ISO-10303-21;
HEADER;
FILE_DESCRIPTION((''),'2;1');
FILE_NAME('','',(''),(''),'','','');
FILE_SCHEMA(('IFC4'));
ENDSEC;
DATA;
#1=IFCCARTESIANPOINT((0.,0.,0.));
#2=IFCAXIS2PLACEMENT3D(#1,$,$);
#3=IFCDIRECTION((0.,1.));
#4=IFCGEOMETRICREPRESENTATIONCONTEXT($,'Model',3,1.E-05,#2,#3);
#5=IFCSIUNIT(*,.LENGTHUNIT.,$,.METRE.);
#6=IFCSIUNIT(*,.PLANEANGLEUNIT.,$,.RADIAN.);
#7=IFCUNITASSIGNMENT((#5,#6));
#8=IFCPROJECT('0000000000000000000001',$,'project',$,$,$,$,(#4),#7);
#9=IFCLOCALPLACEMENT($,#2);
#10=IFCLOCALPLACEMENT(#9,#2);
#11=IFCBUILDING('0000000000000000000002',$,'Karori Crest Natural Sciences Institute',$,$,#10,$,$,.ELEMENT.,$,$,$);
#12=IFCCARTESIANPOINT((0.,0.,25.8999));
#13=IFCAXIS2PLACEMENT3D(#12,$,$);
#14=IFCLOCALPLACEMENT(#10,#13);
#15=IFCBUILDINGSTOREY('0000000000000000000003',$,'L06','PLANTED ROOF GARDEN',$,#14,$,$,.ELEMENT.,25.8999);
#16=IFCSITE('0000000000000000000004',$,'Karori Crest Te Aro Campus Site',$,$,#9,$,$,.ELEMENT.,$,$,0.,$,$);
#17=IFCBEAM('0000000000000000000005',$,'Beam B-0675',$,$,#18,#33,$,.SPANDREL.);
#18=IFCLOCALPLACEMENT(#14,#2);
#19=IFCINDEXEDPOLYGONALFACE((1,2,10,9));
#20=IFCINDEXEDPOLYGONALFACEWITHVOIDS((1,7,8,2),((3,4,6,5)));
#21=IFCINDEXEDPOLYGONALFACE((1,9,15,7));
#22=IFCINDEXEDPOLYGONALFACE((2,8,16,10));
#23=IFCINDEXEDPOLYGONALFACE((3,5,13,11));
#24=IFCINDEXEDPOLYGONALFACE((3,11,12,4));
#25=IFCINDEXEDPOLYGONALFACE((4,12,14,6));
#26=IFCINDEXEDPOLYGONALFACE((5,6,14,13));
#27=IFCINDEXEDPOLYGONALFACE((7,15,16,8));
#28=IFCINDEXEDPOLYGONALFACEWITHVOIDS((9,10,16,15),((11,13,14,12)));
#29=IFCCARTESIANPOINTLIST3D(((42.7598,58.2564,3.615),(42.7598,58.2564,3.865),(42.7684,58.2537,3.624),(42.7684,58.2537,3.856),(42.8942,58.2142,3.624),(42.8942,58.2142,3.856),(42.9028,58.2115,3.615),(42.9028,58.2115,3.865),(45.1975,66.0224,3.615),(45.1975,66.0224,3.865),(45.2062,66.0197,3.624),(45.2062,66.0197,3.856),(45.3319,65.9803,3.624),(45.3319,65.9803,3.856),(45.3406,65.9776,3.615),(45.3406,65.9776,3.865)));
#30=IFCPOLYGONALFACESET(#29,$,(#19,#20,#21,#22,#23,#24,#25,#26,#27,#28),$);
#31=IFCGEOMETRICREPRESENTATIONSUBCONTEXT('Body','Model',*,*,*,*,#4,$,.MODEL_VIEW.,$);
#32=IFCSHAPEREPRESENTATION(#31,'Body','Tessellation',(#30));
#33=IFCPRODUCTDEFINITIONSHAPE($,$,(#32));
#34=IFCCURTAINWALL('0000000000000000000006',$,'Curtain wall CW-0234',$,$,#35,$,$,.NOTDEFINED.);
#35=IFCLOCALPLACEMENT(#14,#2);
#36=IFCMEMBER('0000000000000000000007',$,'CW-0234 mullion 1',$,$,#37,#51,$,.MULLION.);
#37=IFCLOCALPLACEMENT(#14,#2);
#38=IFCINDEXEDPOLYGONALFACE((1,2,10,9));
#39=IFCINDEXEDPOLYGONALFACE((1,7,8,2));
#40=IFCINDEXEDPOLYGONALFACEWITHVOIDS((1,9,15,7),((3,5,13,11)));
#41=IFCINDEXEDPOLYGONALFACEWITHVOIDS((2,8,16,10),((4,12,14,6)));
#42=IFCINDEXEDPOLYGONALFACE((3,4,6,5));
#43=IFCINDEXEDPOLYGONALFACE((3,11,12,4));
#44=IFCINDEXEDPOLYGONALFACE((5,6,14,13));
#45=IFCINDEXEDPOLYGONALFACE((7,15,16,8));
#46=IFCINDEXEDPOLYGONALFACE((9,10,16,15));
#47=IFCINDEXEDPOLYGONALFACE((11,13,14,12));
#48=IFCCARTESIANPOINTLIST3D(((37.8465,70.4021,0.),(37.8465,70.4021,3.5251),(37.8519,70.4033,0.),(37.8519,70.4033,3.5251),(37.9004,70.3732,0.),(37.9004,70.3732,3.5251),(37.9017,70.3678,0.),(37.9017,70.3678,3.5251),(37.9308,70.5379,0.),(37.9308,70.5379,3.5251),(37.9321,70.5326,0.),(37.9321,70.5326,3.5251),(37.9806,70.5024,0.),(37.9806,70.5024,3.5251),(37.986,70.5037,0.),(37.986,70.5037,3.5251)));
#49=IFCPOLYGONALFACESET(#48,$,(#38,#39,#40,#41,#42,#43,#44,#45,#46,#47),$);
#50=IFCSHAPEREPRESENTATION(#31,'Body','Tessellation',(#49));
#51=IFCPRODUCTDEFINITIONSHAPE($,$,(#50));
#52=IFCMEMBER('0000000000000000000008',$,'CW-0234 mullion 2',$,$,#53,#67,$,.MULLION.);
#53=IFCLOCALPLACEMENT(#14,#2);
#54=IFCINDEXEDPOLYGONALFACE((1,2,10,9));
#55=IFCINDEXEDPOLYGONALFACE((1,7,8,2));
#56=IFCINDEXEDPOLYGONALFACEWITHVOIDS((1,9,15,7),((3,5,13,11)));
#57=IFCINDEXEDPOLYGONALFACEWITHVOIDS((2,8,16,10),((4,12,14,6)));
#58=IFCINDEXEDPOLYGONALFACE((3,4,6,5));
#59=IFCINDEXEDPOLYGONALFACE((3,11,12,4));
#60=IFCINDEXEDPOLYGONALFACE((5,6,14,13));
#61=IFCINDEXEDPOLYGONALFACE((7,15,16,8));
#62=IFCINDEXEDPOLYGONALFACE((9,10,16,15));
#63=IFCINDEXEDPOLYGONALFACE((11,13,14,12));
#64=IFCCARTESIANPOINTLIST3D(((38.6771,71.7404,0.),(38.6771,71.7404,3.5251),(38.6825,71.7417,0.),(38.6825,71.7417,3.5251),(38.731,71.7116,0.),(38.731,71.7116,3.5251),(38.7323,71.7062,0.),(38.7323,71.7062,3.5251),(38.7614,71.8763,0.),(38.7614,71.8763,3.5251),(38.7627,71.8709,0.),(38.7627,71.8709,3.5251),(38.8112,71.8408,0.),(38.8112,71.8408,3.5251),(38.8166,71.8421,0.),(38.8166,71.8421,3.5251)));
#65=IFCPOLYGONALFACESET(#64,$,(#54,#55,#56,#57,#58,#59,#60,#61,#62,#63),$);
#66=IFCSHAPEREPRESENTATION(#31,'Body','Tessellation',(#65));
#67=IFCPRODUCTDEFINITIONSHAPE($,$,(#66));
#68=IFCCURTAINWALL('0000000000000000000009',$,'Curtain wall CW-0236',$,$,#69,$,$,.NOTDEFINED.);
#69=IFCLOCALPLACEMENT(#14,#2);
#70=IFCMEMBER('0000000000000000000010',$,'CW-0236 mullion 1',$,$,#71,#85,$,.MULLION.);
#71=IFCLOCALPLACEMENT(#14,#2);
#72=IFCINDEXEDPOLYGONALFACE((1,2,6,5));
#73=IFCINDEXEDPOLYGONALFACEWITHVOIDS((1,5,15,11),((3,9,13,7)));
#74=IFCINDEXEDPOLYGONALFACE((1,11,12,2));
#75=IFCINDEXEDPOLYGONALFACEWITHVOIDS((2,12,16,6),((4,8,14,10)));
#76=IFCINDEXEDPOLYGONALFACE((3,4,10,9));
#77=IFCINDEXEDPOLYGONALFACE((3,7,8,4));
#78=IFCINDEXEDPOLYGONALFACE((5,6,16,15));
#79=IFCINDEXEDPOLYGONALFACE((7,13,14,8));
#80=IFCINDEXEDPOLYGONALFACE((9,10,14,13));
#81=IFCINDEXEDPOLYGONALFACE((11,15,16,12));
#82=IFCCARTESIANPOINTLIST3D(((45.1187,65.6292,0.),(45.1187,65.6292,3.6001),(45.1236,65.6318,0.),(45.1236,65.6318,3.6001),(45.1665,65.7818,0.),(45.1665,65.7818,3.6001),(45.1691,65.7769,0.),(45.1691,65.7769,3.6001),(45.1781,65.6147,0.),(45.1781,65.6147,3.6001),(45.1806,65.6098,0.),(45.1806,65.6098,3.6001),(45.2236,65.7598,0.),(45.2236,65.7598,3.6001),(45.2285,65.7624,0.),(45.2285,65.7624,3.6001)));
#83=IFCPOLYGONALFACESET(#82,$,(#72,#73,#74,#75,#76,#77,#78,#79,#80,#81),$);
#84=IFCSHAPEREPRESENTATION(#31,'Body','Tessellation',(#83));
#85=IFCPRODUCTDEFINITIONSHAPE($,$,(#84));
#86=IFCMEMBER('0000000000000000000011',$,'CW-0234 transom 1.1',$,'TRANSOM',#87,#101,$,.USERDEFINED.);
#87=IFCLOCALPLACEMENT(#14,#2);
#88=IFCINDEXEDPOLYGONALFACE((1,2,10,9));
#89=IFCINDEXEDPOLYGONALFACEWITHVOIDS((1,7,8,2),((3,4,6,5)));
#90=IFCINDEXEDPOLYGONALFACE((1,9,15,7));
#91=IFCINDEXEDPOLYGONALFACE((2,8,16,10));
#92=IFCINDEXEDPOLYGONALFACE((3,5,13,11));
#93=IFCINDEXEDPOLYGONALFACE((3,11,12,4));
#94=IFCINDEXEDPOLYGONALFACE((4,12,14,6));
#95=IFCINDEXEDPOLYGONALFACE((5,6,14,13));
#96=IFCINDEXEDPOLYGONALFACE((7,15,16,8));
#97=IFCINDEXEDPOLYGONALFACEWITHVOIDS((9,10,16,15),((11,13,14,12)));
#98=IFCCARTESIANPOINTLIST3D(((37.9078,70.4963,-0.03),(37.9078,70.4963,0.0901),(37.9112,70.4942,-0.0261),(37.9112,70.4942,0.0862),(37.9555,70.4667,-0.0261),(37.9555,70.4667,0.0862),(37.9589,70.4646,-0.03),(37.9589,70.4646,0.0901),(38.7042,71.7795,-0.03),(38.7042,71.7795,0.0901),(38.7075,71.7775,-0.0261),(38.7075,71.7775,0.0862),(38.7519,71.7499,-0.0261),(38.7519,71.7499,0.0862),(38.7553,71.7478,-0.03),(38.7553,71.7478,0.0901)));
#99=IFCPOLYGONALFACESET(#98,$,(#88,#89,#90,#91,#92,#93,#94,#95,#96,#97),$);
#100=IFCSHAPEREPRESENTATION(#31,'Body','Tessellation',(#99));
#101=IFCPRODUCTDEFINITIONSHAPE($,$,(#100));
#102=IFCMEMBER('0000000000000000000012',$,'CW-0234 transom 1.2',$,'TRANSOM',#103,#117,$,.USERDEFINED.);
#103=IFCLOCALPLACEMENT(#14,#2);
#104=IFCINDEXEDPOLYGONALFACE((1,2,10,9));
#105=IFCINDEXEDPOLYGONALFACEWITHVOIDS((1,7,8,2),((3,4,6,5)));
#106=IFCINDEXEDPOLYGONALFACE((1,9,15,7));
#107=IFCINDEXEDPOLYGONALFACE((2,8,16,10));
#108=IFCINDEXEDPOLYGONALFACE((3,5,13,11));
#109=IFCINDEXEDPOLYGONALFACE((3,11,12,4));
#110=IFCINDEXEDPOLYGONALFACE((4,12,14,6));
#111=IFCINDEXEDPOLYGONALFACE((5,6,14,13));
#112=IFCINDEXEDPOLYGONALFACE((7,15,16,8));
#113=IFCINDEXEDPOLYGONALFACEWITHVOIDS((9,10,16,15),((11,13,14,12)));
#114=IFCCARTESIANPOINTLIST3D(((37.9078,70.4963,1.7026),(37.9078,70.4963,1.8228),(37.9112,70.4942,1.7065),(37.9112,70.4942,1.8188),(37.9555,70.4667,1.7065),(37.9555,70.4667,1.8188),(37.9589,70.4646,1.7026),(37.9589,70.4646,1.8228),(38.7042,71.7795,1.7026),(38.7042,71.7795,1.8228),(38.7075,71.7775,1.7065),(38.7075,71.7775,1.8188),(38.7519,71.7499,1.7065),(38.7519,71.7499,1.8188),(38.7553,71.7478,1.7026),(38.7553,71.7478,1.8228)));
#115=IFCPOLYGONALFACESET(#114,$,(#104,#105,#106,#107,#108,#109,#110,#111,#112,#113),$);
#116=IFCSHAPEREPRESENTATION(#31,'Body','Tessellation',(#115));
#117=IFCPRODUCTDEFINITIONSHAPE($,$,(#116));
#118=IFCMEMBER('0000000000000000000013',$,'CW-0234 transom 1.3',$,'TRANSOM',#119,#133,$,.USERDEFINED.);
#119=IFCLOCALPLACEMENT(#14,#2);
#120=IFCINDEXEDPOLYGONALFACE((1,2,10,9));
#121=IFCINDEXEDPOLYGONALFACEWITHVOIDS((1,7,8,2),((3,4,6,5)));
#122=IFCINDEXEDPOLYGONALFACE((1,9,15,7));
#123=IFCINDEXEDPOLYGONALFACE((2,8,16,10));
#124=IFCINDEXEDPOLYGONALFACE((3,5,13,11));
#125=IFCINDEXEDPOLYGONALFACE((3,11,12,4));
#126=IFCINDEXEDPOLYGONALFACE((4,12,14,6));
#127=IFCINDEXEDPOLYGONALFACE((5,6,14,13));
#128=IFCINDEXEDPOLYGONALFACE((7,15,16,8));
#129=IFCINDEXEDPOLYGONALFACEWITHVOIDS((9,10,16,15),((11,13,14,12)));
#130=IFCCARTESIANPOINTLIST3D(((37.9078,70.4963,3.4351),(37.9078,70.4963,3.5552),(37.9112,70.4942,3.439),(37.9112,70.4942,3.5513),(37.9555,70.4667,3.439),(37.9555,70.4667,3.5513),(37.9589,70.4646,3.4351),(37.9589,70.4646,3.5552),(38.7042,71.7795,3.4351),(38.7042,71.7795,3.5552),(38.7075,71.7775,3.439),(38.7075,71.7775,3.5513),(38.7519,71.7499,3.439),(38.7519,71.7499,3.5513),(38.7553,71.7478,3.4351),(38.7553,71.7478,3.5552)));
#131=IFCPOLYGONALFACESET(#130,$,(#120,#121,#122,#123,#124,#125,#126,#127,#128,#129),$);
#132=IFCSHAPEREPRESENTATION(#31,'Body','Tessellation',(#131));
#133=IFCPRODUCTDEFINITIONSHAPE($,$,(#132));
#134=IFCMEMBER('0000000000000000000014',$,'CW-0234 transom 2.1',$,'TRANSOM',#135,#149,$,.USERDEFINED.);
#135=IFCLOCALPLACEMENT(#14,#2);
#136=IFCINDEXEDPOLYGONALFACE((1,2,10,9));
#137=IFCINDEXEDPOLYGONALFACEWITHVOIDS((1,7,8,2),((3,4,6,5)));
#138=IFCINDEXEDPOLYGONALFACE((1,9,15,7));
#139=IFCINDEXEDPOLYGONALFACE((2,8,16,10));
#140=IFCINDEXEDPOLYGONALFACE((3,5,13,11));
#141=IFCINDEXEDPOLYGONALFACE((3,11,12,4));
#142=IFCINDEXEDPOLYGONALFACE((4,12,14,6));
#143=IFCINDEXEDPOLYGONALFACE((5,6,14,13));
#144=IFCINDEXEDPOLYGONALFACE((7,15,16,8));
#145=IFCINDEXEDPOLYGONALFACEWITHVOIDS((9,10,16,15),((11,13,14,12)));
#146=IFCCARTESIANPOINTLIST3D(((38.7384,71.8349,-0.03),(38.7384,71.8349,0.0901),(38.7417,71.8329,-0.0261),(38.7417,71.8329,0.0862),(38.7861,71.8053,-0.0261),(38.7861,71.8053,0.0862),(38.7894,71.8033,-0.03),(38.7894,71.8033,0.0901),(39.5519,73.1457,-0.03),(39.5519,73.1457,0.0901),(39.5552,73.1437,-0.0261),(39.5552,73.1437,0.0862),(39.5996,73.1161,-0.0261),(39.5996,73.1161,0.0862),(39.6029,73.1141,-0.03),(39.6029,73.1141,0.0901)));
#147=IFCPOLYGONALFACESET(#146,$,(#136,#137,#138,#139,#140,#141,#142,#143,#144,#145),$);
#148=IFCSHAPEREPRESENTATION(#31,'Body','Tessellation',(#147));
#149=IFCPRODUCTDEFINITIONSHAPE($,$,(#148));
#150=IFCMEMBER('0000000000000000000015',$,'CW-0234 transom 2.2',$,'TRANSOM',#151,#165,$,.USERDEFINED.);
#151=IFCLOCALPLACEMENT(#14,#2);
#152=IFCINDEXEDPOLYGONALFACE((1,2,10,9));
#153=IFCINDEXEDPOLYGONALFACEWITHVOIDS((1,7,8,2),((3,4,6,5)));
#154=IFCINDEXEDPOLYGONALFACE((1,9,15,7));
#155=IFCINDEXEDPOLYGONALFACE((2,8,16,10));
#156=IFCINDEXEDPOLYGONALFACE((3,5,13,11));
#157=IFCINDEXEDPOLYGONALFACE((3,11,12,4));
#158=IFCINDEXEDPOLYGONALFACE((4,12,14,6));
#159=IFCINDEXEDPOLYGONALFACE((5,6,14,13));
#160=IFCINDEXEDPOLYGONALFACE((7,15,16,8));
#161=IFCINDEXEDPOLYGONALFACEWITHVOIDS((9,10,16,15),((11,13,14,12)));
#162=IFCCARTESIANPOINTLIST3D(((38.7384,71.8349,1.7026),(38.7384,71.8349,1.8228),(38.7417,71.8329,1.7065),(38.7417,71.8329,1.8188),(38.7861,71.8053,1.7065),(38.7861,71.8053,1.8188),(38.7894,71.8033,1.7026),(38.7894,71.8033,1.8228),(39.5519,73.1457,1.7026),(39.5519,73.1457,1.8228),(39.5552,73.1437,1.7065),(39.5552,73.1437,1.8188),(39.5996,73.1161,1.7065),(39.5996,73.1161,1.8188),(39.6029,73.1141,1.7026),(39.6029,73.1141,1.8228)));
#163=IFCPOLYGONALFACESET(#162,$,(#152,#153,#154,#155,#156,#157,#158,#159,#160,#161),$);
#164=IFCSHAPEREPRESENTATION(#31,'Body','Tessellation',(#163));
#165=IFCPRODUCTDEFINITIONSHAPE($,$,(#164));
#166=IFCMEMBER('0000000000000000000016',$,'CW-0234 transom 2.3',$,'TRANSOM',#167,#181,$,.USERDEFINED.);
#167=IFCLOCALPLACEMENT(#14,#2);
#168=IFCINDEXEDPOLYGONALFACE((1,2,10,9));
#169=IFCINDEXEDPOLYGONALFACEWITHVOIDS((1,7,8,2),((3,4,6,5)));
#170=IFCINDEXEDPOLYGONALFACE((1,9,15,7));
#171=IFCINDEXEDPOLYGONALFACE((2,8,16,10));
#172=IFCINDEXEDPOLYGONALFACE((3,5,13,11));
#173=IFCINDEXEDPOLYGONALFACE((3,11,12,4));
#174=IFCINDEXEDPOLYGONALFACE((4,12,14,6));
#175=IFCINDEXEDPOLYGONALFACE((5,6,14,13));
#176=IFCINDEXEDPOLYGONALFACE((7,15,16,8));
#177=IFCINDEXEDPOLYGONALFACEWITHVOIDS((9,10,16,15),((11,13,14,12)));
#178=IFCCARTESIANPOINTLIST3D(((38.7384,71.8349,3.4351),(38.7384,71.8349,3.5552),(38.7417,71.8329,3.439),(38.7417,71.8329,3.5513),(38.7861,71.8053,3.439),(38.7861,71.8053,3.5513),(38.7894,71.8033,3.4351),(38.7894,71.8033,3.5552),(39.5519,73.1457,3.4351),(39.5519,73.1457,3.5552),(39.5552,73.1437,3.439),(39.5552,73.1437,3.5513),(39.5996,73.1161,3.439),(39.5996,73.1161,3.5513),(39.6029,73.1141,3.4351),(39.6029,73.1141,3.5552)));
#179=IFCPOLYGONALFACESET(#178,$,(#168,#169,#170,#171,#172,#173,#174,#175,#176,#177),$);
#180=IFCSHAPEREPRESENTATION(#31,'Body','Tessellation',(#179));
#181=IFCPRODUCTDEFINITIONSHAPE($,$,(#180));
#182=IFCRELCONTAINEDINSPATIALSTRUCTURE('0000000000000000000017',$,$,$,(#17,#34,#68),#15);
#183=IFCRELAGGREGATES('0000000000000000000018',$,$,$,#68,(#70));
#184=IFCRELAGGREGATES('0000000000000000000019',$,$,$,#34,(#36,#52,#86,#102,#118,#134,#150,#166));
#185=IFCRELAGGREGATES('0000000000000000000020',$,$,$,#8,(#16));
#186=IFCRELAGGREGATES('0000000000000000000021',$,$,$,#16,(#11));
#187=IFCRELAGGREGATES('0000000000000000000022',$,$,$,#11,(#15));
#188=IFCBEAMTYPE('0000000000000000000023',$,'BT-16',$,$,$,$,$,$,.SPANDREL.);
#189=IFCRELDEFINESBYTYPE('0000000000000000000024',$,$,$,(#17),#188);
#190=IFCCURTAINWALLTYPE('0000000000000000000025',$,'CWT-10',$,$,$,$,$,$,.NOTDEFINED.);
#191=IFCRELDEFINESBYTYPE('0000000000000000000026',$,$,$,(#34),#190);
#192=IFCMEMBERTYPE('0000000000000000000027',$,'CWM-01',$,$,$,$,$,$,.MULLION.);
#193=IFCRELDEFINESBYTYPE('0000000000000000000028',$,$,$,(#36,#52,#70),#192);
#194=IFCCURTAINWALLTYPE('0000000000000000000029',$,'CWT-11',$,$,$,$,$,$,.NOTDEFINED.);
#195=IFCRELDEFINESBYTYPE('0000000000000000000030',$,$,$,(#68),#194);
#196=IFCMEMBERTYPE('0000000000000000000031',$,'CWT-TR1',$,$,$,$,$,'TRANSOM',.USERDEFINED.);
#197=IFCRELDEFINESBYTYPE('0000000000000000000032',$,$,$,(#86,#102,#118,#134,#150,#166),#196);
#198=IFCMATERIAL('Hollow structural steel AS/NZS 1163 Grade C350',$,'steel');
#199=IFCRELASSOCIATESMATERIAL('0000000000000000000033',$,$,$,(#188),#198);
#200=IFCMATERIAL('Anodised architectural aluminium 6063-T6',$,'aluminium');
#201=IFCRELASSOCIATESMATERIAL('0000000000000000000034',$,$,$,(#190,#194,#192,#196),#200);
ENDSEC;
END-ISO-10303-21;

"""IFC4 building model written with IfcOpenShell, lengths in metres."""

from ifc_helpers import new_model, si_unit, direction, frame, origin, origin_2d, place, context, subcontext, project, spatial, hollow_rectangle, extrude, material, material_profile, profile_set, type_object, element, aggregate, save


model = new_model("IFC4")

# Units and contexts
model_context = context("Model", 3, precision=1e-05, world=origin(), true_north=direction((0.0, 1.0)))
body_context = subcontext(model_context, "Body", "Model", "MODEL_VIEW")
ifc_project = project(units=[si_unit("LENGTHUNIT", "METRE"), si_unit("PLANEANGLEUNIT", "RADIAN")], contexts=[model_context])

# Site, building, storey
site_placement = place(None, origin())
site = spatial("IfcSite", under=ifc_project, at=site_placement, Name="Karori Crest Te Aro Campus Site", CompositionType="ELEMENT", RefElevation=0.0)
building_placement = place(site_placement, origin())
building = spatial("IfcBuilding", under=site, at=building_placement, Name="Karori Crest Natural Sciences Institute", CompositionType="ELEMENT")
storey_placement = place(building_placement, frame((0.0, 0.0, 25.8999)))
storey = spatial("IfcBuildingStorey", under=building, at=storey_placement, Name="L06", Description="PLANTED ROOF GARDEN", CompositionType="ELEMENT", Elevation=25.8999)

# Beam
ifc_material_1 = material(Name="Hollow structural steel AS/NZS 1163 Grade C350", Category="steel")
ifc_material_profile_1 = material_profile(ifc_material_1, hollow_rectangle(XDim=0.1499, YDim=0.25, WallThickness=0.009, at=origin_2d()), Name="RHS250x150x9")
ifc_profile_set_1 = profile_set([ifc_material_profile_1], Name="Hollow structural steel AS/NZS 1163 Grade C350")
beam_type_1 = type_object("IfcBeamType", Name="BT-16", PredefinedType="SPANDREL", material=ifc_profile_set_1)
beam_1_placement = place(storey_placement, frame((45.269, 66.0, 3.74), z_axis=(-0.299487, -0.9541, 0.0), x_axis=(0.9541, -0.299487, 0.0)))
element("IfcBeam", 1, at=beam_1_placement, inside=storey, type_object=beam_type_1, Name="Beam B-0675", PredefinedType="SPANDREL", context=body_context, shape_type="SweptSolid", body=[
    extrude(hollow_rectangle(XDim=0.1499, YDim=0.25, WallThickness=0.009, at=origin_2d()), origin(), (0.0, 0.0, 1.0), 8.1396),
])

# Curtain wall, members
ifc_material_2 = material(Name="Anodised architectural aluminium 6063-T6", Category="aluminium")
curtain_wall_type_1 = type_object("IfcCurtainWallType", Name="CWT-10", PredefinedType="NOTDEFINED", material=ifc_material_2)
curtain_wall_1_placement = place(storey_placement, origin())
curtain_wall_1 = element("IfcCurtainWall", 2, at=curtain_wall_1_placement, inside=storey, type_object=curtain_wall_type_1, Name="Curtain wall CW-0234", PredefinedType="NOTDEFINED")
ifc_material_profile_2 = material_profile(ifc_material_2, hollow_rectangle(XDim=0.0649, YDim=0.1599, WallThickness=0.0039, at=origin_2d()), Name="CWM160x65x4")
ifc_profile_set_2 = profile_set([ifc_material_profile_2], Name="Anodised architectural aluminium 6063-T6")
member_type_1 = type_object("IfcMemberType", Name="CWM-01", PredefinedType="MULLION", material=ifc_profile_set_2)
member_1_placement = place(storey_placement, frame((37.9163, 70.4529, 0.0), z_axis=(0.0, 0.0, 1.0), x_axis=(-0.849664, 0.527324, 0.0)))
member_1 = element("IfcMember", 3, at=member_1_placement, type_object=member_type_1, Name="CW-0234 mullion 1", PredefinedType="MULLION", context=body_context, shape_type="SweptSolid", body=[
    extrude(hollow_rectangle(XDim=0.0649, YDim=0.1599, WallThickness=0.0039, at=origin_2d()), origin(), (0.0, 0.0, 1.0), 3.5251),
])
member_2_placement = place(storey_placement, frame((38.7468, 71.7913, 0.0), z_axis=(0.0, 0.0, 1.0), x_axis=(-0.849664, 0.527324, 0.0)))
member_2 = element("IfcMember", 4, at=member_2_placement, type_object=member_type_1, Name="CW-0234 mullion 2", PredefinedType="MULLION", context=body_context, shape_type="SweptSolid", body=[
    extrude(hollow_rectangle(XDim=0.0649, YDim=0.1599, WallThickness=0.0039, at=origin_2d()), origin(), (0.0, 0.0, 1.0), 3.5251),
])

# Curtain wall, member
curtain_wall_type_2 = type_object("IfcCurtainWallType", Name="CWT-11", PredefinedType="NOTDEFINED", material=ifc_material_2)
curtain_wall_2_placement = place(storey_placement, origin())
curtain_wall_2 = element("IfcCurtainWall", 5, at=curtain_wall_2_placement, inside=storey, type_object=curtain_wall_type_2, Name="Curtain wall CW-0236", PredefinedType="NOTDEFINED")
member_3_placement = place(storey_placement, frame((45.1736, 65.6958, 0.0), z_axis=(0.0, 0.0, 1.0), x_axis=(0.954104, -0.299475, 0.0)))
member_3 = element("IfcMember", 6, at=member_3_placement, type_object=member_type_1, Name="CW-0236 mullion 1", PredefinedType="MULLION", context=body_context, shape_type="SweptSolid", body=[
    extrude(hollow_rectangle(XDim=0.0649, YDim=0.1599, WallThickness=0.0039, at=origin_2d()), origin(), (0.0, 0.0, 1.0), 3.6001),
])

# Members
ifc_material_profile_3 = material_profile(ifc_material_2, hollow_rectangle(XDim=0.0601, YDim=0.1201, WallThickness=0.0039, at=origin_2d()), Name="CWT120x60x4")
ifc_profile_set_3 = profile_set([ifc_material_profile_3], Name="Anodised architectural aluminium 6063-T6")
member_type_2 = type_object("IfcMemberType", Name="CWT-TR1", ElementType="TRANSOM", PredefinedType="USERDEFINED", material=ifc_profile_set_3)
member_4_placement = place(storey_placement, frame((37.9333, 70.4805, 0.03), z_axis=(0.527323, 0.849665, 0.0), x_axis=(-0.849665, 0.527323, 0.0)))
member_4 = element("IfcMember", 7, at=member_4_placement, type_object=member_type_2, Name="CW-0234 transom 1.1", ObjectType="TRANSOM", PredefinedType="USERDEFINED", context=body_context, shape_type="SweptSolid", body=[
    extrude(hollow_rectangle(XDim=0.0601, YDim=0.1201, WallThickness=0.0039, at=origin_2d()), origin(), (0.0, 0.0, 1.0), 1.5103),
])
member_5_placement = place(storey_placement, frame((37.9333, 70.4805, 1.7627), z_axis=(0.527323, 0.849665, 0.0), x_axis=(-0.849665, 0.527323, 0.0)))
member_5 = element("IfcMember", 8, at=member_5_placement, type_object=member_type_2, Name="CW-0234 transom 1.2", ObjectType="TRANSOM", PredefinedType="USERDEFINED", context=body_context, shape_type="SweptSolid", body=[
    extrude(hollow_rectangle(XDim=0.0601, YDim=0.1201, WallThickness=0.0039, at=origin_2d()), origin(), (0.0, 0.0, 1.0), 1.5103),
])
member_6_placement = place(storey_placement, frame((37.9333, 70.4805, 3.4951), z_axis=(0.527323, 0.849665, 0.0), x_axis=(-0.849665, 0.527323, 0.0)))
member_6 = element("IfcMember", 9, at=member_6_placement, type_object=member_type_2, Name="CW-0234 transom 1.3", ObjectType="TRANSOM", PredefinedType="USERDEFINED", context=body_context, shape_type="SweptSolid", body=[
    extrude(hollow_rectangle(XDim=0.0601, YDim=0.1201, WallThickness=0.0039, at=origin_2d()), origin(), (0.0, 0.0, 1.0), 1.5103),
])
member_7_placement = place(storey_placement, frame((38.7639, 71.8191, 0.03), z_axis=(0.527308, 0.849674, 0.0), x_axis=(-0.849674, 0.527308, 0.0)))
member_7 = element("IfcMember", 10, at=member_7_placement, type_object=member_type_2, Name="CW-0234 transom 2.1", ObjectType="TRANSOM", PredefinedType="USERDEFINED", context=body_context, shape_type="SweptSolid", body=[
    extrude(hollow_rectangle(XDim=0.0601, YDim=0.1201, WallThickness=0.0039, at=origin_2d()), origin(), (0.0, 0.0, 1.0), 1.5427),
])
member_8_placement = place(storey_placement, frame((38.7639, 71.8191, 1.7627), z_axis=(0.527308, 0.849674, 0.0), x_axis=(-0.849674, 0.527308, 0.0)))
member_8 = element("IfcMember", 11, at=member_8_placement, type_object=member_type_2, Name="CW-0234 transom 2.2", ObjectType="TRANSOM", PredefinedType="USERDEFINED", context=body_context, shape_type="SweptSolid", body=[
    extrude(hollow_rectangle(XDim=0.0601, YDim=0.1201, WallThickness=0.0039, at=origin_2d()), origin(), (0.0, 0.0, 1.0), 1.5427),
])
member_9_placement = place(storey_placement, frame((38.7639, 71.8191, 3.4951), z_axis=(0.527308, 0.849674, 0.0), x_axis=(-0.849674, 0.527308, 0.0)))
member_9 = element("IfcMember", 12, at=member_9_placement, type_object=member_type_2, Name="CW-0234 transom 2.3", ObjectType="TRANSOM", PredefinedType="USERDEFINED", context=body_context, shape_type="SweptSolid", body=[
    extrude(hollow_rectangle(XDim=0.0601, YDim=0.1201, WallThickness=0.0039, at=origin_2d()), origin(), (0.0, 0.0, 1.0), 1.5427),
])
aggregate(curtain_wall_2, [member_3])

aggregate(curtain_wall_1, [member_1, member_2, member_4, member_5, member_6, member_7, member_8, member_9])

save(model, "model.ifc")
